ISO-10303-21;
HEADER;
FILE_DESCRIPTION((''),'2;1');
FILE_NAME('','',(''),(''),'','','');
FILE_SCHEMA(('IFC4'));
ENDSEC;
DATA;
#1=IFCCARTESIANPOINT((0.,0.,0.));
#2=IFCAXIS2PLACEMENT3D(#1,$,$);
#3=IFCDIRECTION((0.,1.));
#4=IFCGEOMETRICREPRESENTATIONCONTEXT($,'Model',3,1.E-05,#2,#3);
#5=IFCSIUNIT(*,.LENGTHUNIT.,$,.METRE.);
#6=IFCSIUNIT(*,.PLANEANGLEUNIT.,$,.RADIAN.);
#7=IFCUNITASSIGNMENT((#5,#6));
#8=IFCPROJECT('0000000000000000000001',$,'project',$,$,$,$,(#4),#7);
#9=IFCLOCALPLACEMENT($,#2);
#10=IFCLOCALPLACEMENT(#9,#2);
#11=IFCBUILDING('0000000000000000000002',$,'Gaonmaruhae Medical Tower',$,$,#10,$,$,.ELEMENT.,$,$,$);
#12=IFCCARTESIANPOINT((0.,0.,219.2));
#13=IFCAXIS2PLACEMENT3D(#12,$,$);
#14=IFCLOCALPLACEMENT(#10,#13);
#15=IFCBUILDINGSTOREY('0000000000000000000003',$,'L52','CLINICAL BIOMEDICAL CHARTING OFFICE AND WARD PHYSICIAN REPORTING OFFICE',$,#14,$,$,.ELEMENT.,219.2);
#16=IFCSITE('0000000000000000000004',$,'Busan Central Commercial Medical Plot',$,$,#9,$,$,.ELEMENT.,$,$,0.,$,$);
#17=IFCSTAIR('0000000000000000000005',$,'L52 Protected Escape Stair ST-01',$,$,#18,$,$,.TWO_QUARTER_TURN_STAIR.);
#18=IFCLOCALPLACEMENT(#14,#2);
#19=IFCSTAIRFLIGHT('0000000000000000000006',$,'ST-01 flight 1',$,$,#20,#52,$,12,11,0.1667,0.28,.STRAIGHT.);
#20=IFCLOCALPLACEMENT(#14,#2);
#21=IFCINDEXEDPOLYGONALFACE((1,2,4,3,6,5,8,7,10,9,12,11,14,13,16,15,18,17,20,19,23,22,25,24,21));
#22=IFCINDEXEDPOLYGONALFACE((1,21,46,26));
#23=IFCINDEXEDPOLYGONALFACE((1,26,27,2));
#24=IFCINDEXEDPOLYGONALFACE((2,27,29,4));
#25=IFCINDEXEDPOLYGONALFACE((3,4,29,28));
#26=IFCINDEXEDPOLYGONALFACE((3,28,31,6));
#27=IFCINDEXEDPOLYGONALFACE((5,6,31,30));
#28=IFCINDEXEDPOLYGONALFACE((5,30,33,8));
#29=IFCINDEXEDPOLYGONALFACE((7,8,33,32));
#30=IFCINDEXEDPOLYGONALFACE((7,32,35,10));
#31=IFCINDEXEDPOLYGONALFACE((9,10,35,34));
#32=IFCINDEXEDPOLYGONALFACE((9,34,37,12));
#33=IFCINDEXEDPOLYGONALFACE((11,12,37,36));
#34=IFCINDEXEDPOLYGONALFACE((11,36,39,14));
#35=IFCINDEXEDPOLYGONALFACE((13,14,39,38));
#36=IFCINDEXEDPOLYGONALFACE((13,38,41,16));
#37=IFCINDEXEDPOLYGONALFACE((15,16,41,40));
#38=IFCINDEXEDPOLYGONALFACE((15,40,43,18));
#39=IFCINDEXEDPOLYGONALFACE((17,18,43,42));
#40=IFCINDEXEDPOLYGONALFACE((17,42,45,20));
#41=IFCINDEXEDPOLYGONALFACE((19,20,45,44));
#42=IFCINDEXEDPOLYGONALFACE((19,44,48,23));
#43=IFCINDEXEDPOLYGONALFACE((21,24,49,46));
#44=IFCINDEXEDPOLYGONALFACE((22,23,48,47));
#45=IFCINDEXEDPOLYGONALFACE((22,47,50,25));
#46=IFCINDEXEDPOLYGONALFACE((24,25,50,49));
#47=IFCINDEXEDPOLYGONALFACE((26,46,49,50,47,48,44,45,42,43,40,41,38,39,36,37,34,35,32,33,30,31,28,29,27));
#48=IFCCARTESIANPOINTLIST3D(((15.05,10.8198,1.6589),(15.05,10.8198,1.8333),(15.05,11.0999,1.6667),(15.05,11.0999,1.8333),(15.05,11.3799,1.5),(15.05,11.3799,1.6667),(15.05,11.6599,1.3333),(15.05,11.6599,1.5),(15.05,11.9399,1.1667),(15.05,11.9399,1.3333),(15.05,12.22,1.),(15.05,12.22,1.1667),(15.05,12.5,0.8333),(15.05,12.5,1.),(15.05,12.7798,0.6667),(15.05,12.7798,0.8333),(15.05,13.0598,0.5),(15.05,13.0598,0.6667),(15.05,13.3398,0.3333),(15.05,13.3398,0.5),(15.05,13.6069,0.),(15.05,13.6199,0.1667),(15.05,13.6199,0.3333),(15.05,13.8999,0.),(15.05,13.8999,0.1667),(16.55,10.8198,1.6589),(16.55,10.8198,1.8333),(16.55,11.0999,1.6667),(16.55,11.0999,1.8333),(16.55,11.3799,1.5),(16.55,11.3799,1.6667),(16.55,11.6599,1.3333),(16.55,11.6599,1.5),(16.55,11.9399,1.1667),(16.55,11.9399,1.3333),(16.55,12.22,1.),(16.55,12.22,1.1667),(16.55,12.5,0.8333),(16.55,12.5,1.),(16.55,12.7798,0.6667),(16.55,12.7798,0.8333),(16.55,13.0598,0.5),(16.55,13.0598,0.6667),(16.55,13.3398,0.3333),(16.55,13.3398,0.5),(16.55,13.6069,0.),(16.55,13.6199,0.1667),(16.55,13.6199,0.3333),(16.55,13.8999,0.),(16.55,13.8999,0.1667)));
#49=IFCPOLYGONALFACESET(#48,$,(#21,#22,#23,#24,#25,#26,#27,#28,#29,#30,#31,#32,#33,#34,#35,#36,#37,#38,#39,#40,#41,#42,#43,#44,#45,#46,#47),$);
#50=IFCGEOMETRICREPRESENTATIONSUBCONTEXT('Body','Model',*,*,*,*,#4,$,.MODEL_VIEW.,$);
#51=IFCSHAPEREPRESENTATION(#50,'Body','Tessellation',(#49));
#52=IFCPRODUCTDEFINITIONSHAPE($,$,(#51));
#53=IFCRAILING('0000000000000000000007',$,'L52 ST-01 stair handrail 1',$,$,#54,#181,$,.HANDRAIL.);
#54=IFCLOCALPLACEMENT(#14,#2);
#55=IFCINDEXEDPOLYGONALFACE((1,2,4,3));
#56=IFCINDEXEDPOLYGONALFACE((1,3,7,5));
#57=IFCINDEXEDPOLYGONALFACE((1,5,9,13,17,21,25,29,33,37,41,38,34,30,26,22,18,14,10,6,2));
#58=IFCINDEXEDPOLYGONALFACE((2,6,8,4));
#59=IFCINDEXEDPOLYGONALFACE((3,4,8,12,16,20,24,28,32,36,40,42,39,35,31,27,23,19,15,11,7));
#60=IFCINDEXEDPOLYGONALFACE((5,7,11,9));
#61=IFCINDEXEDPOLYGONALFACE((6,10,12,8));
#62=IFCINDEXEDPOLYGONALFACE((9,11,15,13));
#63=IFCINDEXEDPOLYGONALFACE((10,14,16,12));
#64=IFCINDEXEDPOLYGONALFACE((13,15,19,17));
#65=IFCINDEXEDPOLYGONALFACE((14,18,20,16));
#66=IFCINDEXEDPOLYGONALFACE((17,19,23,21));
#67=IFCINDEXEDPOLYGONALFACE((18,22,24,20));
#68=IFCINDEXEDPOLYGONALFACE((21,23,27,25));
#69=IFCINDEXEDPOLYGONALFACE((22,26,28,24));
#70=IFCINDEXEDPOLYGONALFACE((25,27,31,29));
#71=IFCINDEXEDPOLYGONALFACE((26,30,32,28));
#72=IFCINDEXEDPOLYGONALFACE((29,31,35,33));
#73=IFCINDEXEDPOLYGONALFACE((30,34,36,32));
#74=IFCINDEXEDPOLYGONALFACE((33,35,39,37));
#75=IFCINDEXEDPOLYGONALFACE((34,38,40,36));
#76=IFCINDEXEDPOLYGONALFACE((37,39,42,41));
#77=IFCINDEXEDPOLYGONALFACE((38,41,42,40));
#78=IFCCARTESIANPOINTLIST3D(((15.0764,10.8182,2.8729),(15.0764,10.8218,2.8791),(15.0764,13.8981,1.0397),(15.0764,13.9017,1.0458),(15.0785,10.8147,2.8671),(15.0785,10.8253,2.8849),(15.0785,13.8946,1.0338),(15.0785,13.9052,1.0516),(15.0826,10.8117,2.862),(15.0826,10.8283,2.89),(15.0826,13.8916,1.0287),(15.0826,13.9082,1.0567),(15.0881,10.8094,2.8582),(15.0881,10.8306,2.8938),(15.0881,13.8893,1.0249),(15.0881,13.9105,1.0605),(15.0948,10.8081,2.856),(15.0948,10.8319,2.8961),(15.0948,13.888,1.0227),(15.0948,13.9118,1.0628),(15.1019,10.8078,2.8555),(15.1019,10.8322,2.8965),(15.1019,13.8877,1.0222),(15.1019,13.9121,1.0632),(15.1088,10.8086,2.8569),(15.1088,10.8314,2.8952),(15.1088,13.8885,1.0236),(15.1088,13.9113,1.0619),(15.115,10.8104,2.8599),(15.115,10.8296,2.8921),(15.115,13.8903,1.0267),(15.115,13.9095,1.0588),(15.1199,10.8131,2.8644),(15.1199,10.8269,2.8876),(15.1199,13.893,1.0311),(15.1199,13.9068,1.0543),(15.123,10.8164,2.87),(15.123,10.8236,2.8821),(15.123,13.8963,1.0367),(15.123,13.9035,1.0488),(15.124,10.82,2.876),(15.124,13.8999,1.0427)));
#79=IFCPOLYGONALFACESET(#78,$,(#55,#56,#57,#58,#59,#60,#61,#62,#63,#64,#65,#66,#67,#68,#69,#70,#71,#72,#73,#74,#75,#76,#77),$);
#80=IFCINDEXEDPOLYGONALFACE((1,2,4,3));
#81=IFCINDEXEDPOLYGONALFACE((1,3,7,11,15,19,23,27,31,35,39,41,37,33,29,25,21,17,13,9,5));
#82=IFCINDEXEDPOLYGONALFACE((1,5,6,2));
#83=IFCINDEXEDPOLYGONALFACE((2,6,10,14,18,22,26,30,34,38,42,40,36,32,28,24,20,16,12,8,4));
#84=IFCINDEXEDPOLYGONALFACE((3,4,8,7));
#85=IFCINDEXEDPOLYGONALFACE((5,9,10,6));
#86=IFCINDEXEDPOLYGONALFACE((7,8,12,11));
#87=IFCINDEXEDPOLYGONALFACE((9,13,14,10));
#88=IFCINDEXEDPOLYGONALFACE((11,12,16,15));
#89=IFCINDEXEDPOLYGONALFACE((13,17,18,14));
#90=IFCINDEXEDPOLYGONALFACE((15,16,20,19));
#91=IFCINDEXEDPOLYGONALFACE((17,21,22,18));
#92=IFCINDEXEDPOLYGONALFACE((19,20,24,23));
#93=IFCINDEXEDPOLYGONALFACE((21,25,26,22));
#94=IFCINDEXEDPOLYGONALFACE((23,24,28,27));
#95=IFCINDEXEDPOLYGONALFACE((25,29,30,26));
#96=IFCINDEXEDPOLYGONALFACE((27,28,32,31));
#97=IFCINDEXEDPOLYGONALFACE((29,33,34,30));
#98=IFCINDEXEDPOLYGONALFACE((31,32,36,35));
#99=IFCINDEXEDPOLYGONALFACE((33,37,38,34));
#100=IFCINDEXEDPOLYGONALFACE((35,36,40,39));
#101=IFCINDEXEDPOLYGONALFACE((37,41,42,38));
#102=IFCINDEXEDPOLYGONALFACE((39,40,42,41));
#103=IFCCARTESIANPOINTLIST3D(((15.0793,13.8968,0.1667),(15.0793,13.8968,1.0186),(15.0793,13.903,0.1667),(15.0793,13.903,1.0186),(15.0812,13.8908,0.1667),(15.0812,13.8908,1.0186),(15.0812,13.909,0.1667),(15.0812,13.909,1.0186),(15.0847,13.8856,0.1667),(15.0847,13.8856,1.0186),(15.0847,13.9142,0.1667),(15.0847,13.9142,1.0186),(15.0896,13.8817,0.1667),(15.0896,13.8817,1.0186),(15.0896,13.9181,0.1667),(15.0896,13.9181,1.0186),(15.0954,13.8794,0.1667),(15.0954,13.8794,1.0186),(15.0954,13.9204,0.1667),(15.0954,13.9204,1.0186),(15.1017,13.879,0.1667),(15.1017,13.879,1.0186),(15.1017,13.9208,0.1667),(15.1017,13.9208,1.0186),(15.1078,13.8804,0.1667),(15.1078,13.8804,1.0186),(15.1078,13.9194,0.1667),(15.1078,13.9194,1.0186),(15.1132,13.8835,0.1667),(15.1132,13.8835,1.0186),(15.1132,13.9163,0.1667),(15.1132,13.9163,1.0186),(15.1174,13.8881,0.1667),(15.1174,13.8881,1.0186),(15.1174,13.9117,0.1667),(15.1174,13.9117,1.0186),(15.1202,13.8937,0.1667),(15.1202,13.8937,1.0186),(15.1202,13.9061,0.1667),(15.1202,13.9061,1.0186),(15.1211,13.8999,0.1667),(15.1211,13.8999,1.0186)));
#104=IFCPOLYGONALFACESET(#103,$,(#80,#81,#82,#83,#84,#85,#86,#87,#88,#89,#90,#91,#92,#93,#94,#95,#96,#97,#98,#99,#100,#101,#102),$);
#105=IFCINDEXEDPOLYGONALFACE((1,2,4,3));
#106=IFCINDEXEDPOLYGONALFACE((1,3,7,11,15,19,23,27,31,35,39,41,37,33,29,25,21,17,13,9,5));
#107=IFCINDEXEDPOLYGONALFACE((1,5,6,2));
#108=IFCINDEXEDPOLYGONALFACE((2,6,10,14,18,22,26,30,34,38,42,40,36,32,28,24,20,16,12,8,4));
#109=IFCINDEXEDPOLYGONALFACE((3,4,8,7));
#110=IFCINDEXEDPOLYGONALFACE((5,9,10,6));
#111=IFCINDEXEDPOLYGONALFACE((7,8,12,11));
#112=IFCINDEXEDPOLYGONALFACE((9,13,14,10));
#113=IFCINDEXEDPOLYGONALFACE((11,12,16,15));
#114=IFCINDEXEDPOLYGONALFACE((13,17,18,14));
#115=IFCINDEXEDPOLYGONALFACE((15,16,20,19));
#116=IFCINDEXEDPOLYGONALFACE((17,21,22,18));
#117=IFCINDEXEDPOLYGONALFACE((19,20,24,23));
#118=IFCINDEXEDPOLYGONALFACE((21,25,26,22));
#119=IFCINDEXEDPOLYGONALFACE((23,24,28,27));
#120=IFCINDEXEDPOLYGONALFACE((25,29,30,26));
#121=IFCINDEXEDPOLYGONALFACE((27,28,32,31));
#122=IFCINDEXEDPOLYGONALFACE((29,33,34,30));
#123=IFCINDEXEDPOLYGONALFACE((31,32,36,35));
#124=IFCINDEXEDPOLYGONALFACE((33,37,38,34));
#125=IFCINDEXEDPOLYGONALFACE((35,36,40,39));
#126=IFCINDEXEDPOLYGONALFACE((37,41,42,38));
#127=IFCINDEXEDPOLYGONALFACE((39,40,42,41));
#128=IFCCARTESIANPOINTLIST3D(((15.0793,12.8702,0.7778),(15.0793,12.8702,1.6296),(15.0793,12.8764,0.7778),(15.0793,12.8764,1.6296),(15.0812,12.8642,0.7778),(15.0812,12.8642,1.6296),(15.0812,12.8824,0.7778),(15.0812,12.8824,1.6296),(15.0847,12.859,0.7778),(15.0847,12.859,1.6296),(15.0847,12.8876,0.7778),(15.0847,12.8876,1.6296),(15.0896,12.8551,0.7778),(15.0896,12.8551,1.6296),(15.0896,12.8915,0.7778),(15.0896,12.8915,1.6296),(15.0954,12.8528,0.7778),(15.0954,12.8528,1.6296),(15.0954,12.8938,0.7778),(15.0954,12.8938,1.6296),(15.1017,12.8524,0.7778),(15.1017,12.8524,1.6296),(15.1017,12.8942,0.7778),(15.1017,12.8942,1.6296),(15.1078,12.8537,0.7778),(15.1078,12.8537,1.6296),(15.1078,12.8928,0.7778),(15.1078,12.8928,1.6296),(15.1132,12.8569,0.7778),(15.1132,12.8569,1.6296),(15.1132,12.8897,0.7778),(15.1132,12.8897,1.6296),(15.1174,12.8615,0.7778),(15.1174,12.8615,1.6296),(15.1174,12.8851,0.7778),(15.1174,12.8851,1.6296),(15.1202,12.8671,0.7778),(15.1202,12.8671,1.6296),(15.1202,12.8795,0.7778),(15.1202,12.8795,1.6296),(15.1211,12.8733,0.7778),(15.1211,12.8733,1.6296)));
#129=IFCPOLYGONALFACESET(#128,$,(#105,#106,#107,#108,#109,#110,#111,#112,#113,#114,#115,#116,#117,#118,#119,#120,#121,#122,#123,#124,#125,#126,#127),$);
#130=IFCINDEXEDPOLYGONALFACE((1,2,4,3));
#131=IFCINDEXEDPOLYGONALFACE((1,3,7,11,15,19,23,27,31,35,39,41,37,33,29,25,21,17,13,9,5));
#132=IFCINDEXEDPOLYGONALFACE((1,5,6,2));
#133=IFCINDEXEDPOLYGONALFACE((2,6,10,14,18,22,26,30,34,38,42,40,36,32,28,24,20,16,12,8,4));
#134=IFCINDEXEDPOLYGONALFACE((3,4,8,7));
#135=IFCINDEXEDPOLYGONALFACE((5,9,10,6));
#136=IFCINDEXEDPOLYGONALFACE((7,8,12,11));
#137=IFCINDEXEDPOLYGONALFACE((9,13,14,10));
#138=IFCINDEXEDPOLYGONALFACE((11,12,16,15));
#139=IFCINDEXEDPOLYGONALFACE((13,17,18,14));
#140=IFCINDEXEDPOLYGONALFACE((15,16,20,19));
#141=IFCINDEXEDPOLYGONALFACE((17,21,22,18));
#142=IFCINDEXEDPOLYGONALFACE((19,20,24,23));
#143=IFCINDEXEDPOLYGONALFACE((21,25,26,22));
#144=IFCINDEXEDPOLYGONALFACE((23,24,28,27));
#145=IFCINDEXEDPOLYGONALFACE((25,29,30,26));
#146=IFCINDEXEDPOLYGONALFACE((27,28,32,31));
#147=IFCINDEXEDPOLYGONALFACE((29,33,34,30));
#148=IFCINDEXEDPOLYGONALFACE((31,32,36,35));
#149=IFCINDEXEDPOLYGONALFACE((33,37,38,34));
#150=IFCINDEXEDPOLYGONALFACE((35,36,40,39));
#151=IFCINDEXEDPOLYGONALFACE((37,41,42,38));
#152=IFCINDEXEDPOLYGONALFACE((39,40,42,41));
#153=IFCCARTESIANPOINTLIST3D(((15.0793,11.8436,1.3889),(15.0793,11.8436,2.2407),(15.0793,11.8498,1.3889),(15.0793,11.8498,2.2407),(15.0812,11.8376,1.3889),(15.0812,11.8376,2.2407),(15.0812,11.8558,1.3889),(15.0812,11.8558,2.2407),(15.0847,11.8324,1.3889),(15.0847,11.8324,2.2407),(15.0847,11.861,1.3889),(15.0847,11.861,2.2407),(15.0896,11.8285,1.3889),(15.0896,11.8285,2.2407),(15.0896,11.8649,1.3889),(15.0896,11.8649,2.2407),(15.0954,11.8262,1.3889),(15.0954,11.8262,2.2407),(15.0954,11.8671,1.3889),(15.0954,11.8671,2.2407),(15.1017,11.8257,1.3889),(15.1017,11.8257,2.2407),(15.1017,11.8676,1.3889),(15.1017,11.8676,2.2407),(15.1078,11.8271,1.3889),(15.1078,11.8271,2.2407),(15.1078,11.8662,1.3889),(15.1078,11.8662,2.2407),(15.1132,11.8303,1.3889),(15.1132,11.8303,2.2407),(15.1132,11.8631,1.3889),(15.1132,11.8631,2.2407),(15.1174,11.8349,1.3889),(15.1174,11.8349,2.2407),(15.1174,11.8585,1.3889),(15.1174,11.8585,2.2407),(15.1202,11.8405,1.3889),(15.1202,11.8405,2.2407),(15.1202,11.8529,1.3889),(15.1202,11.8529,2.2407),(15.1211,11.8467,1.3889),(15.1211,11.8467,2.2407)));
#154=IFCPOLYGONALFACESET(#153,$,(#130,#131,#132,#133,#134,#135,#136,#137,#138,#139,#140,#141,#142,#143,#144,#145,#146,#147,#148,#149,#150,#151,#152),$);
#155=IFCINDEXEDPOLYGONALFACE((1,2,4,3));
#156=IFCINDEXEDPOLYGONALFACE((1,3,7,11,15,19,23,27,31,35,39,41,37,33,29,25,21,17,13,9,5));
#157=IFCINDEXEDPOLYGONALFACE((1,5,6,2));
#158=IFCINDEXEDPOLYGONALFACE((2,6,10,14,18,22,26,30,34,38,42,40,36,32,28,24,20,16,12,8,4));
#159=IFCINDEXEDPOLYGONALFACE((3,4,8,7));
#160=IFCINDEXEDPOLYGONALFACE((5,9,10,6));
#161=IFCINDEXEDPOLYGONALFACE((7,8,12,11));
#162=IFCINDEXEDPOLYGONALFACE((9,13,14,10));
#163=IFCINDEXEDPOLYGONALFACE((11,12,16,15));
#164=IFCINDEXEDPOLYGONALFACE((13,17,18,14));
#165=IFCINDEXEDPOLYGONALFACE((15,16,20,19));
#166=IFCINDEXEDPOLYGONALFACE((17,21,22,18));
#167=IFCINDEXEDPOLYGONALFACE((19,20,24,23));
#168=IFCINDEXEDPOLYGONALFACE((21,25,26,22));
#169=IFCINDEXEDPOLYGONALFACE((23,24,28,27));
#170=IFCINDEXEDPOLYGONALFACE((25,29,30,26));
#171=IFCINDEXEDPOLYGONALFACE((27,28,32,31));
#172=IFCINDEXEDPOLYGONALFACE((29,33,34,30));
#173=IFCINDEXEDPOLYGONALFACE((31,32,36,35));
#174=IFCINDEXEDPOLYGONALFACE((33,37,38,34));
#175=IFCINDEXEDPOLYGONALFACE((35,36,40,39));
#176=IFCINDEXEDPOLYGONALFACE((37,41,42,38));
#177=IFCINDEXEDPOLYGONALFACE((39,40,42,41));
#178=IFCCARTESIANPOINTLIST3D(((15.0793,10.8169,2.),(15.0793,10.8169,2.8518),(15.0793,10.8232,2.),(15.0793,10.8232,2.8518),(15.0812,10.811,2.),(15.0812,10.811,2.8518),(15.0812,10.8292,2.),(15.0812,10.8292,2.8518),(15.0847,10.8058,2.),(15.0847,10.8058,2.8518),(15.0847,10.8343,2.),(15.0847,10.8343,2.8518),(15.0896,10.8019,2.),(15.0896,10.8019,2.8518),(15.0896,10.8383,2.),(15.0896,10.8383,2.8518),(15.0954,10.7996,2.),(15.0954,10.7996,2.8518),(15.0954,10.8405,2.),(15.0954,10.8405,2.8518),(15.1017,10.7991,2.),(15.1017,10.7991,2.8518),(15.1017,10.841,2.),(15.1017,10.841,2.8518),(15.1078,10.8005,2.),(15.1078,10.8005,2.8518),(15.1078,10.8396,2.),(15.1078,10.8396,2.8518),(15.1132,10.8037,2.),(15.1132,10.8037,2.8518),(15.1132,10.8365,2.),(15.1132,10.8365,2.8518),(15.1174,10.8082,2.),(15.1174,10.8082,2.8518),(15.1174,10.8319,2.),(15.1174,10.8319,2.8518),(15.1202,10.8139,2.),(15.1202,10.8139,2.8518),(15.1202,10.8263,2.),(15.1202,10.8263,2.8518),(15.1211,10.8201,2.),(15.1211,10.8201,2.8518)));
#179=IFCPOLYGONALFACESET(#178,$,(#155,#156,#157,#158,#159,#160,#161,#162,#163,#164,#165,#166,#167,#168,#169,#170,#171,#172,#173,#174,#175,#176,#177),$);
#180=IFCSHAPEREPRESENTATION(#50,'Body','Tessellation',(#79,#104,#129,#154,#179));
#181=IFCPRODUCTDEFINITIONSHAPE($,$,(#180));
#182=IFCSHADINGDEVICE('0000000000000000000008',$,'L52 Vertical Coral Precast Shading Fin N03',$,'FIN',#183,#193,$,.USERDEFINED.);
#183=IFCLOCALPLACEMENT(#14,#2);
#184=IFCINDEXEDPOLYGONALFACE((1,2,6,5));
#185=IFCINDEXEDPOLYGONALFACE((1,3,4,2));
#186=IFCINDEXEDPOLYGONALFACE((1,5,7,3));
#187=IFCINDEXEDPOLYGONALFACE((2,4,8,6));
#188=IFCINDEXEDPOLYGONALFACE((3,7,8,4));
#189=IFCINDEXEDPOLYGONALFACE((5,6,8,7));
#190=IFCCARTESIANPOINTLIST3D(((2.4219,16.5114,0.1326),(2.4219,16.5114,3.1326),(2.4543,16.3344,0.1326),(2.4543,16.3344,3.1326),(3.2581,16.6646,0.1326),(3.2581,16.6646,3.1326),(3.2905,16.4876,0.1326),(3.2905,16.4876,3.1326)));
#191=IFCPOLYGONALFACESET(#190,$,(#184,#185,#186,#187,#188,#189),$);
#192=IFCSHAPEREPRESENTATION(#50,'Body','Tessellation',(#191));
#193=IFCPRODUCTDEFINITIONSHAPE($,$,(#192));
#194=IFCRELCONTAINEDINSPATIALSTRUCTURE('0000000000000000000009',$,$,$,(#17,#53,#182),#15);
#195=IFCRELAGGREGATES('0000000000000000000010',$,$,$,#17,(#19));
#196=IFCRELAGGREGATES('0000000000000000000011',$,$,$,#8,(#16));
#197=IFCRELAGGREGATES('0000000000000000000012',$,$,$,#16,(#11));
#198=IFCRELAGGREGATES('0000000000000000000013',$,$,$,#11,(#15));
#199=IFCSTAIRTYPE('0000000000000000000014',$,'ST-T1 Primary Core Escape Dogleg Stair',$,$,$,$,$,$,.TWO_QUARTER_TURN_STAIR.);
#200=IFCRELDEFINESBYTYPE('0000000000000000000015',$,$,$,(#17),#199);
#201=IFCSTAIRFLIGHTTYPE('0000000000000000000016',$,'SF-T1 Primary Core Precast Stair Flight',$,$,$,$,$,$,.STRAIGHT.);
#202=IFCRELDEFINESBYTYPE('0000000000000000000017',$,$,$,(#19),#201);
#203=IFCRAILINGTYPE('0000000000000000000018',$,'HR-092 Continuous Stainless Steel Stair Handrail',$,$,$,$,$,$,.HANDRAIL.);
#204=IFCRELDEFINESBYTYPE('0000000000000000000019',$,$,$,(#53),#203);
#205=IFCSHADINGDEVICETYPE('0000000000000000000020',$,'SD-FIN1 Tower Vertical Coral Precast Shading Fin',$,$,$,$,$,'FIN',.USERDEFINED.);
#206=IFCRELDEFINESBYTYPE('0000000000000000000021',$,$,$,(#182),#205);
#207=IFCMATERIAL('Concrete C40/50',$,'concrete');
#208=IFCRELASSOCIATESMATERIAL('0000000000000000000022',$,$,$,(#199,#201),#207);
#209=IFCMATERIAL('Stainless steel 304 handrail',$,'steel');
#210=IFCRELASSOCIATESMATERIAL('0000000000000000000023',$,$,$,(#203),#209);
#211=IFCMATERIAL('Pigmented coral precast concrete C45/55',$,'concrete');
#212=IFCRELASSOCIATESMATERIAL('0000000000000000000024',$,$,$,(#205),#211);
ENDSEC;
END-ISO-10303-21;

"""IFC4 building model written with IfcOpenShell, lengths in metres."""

from ifc_helpers import new_model, si_unit, direction, frame, origin, origin_2d, place, context, subcontext, project, spatial, polyline, rectangle, circle, outline, extrude, material, type_object, element, aggregate, save


model = new_model("IFC4")

# Units and contexts
model_context = context("Model", 3, precision=1e-05, world=origin(), true_north=direction((0.0, 1.0)))
body_context = subcontext(model_context, "Body", "Model", "MODEL_VIEW")
ifc_project = project(units=[si_unit("LENGTHUNIT", "METRE"), si_unit("PLANEANGLEUNIT", "RADIAN")], contexts=[model_context])

# Site, building, storey
site_placement = place(None, origin())
site = spatial("IfcSite", under=ifc_project, at=site_placement, Name="Busan Central Commercial Medical Plot", CompositionType="ELEMENT", RefElevation=0.0)
building_placement = place(site_placement, origin())
building = spatial("IfcBuilding", under=site, at=building_placement, Name="Gaonmaruhae Medical Tower", CompositionType="ELEMENT")
storey_placement = place(building_placement, frame((0.0, 0.0, 219.2)))
storey = spatial("IfcBuildingStorey", under=building, at=storey_placement, Name="L52", Description="CLINICAL BIOMEDICAL CHARTING OFFICE AND WARD PHYSICIAN REPORTING OFFICE", CompositionType="ELEMENT", Elevation=219.2)

# Stair, stair flight
ifc_material_1 = material(Name="Concrete C40/50", Category="concrete")
stair_type = type_object("IfcStairType", Name="ST-T1 Primary Core Escape Dogleg Stair", PredefinedType="TWO_QUARTER_TURN_STAIR", material=ifc_material_1)
stair_placement = place(storey_placement, origin())
stair = element("IfcStair", 1, at=stair_placement, inside=storey, type_object=stair_type, Name="L52 Protected Escape Stair ST-01", PredefinedType="TWO_QUARTER_TURN_STAIR")
stair_flight_type = type_object("IfcStairFlightType", Name="SF-T1 Primary Core Precast Stair Flight", PredefinedType="STRAIGHT", material=ifc_material_1)
stair_flight_placement = place(storey_placement, frame((15.8, 13.8999, 0.0), z_axis=(0.0, 0.0, 1.0), x_axis=(0.0, -1.0, 0.0)))
stair_flight = element("IfcStairFlight", 2, at=stair_flight_placement, type_object=stair_flight_type, Name="ST-01 flight 1", NumberOfRisers=12, NumberOfTreads=11, PredefinedType="STRAIGHT", RiserHeight=0.1667, TreadLength=0.28, context=body_context, shape_type="SweptSolid", body=[
    extrude(outline(polyline([(0.0, 0.0), (0.0, 0.1667), (0.28, 0.1667), (0.28, 0.3333), (0.5601, 0.3333), (0.5601, 0.5), (0.8401, 0.5), (0.8401, 0.6667), (1.1201, 0.6667), (1.1201, 0.8333), (1.3999, 0.8333), (1.3999, 1.0), (1.6799, 1.0), (1.6799, 1.1667), (1.96, 1.1667), (1.96, 1.3333), (2.24, 1.3333), (2.24, 1.5), (2.52, 1.5), (2.52, 1.6667), (2.8, 1.6667), (2.8, 1.8333), (3.0801, 1.8333), (3.0801, 2.0), (3.0801, 1.6589), (0.293, 0.0), (0.0, 0.0)])), frame((0.0, 0.75, 0.0), z_axis=(0.0, -1.0, 0.0), x_axis=(1.0, 0.0, 0.0)), (0.0, 0.0, 1.0), 1.5),
])
aggregate(stair, [stair_flight])

# Railing
ifc_material_2 = material(Name="Stainless steel 304 handrail", Category="steel")
railing_type_1 = type_object("IfcRailingType", Name="HR-092 Continuous Stainless Steel Stair Handrail", PredefinedType="HANDRAIL", material=ifc_material_2)
railing_1_placement = place(storey_placement, frame((15.1001, 13.8999, 0.1667)))
element("IfcRailing", 3, at=railing_1_placement, inside=storey, type_object=railing_type_1, Name="L52 ST-01 stair handrail 1", PredefinedType="HANDRAIL", context=body_context, shape_type="SweptSolid", body=[
    extrude(circle(Radius=0.0239, at=origin_2d()), frame((0.0, 0.0, 0.876), z_axis=(0.0, -0.859291, 0.511487), x_axis=(1.0, 0.0, 0.0)), (0.0, 0.0, 1.0), 3.5842),
    extrude(circle(Radius=0.021, at=origin_2d()), origin(), (0.0, 0.0, 1.0), 0.8518),
    extrude(circle(Radius=0.021, at=origin_2d()), frame((0.0, -1.0266, 0.6111)), (0.0, 0.0, 1.0), 0.8518),
    extrude(circle(Radius=0.021, at=origin_2d()), frame((0.0, -2.0532, 1.2222)), (0.0, 0.0, 1.0), 0.8518),
    extrude(circle(Radius=0.021, at=origin_2d()), frame((0.0, -3.0798, 1.8333)), (0.0, 0.0, 1.0), 0.8518),
])

# Shading device
ifc_material_3 = material(Name="Pigmented coral precast concrete C45/55", Category="concrete")
shading_device_type = type_object("IfcShadingDeviceType", Name="SD-FIN1 Tower Vertical Coral Precast Shading Fin", ElementType="FIN", PredefinedType="USERDEFINED", material=ifc_material_3)
shading_device_placement = place(storey_placement, frame((2.8562, 16.4995, 0.1326), z_axis=(0.0, 0.0, 1.0), x_axis=(-0.18021, 0.983628, 0.0)))
element("IfcShadingDevice", 4, at=shading_device_placement, inside=storey, type_object=shading_device_type, Name="L52 Vertical Coral Precast Shading Fin N03", ObjectType="FIN", PredefinedType="USERDEFINED", context=body_context, shape_type="SweptSolid", body=[
    extrude(rectangle(XDim=0.1799, YDim=0.8501, at=origin_2d()), origin(), (0.0, 0.0, 1.0), 3.0),
])

save(model, "model.ifc")
